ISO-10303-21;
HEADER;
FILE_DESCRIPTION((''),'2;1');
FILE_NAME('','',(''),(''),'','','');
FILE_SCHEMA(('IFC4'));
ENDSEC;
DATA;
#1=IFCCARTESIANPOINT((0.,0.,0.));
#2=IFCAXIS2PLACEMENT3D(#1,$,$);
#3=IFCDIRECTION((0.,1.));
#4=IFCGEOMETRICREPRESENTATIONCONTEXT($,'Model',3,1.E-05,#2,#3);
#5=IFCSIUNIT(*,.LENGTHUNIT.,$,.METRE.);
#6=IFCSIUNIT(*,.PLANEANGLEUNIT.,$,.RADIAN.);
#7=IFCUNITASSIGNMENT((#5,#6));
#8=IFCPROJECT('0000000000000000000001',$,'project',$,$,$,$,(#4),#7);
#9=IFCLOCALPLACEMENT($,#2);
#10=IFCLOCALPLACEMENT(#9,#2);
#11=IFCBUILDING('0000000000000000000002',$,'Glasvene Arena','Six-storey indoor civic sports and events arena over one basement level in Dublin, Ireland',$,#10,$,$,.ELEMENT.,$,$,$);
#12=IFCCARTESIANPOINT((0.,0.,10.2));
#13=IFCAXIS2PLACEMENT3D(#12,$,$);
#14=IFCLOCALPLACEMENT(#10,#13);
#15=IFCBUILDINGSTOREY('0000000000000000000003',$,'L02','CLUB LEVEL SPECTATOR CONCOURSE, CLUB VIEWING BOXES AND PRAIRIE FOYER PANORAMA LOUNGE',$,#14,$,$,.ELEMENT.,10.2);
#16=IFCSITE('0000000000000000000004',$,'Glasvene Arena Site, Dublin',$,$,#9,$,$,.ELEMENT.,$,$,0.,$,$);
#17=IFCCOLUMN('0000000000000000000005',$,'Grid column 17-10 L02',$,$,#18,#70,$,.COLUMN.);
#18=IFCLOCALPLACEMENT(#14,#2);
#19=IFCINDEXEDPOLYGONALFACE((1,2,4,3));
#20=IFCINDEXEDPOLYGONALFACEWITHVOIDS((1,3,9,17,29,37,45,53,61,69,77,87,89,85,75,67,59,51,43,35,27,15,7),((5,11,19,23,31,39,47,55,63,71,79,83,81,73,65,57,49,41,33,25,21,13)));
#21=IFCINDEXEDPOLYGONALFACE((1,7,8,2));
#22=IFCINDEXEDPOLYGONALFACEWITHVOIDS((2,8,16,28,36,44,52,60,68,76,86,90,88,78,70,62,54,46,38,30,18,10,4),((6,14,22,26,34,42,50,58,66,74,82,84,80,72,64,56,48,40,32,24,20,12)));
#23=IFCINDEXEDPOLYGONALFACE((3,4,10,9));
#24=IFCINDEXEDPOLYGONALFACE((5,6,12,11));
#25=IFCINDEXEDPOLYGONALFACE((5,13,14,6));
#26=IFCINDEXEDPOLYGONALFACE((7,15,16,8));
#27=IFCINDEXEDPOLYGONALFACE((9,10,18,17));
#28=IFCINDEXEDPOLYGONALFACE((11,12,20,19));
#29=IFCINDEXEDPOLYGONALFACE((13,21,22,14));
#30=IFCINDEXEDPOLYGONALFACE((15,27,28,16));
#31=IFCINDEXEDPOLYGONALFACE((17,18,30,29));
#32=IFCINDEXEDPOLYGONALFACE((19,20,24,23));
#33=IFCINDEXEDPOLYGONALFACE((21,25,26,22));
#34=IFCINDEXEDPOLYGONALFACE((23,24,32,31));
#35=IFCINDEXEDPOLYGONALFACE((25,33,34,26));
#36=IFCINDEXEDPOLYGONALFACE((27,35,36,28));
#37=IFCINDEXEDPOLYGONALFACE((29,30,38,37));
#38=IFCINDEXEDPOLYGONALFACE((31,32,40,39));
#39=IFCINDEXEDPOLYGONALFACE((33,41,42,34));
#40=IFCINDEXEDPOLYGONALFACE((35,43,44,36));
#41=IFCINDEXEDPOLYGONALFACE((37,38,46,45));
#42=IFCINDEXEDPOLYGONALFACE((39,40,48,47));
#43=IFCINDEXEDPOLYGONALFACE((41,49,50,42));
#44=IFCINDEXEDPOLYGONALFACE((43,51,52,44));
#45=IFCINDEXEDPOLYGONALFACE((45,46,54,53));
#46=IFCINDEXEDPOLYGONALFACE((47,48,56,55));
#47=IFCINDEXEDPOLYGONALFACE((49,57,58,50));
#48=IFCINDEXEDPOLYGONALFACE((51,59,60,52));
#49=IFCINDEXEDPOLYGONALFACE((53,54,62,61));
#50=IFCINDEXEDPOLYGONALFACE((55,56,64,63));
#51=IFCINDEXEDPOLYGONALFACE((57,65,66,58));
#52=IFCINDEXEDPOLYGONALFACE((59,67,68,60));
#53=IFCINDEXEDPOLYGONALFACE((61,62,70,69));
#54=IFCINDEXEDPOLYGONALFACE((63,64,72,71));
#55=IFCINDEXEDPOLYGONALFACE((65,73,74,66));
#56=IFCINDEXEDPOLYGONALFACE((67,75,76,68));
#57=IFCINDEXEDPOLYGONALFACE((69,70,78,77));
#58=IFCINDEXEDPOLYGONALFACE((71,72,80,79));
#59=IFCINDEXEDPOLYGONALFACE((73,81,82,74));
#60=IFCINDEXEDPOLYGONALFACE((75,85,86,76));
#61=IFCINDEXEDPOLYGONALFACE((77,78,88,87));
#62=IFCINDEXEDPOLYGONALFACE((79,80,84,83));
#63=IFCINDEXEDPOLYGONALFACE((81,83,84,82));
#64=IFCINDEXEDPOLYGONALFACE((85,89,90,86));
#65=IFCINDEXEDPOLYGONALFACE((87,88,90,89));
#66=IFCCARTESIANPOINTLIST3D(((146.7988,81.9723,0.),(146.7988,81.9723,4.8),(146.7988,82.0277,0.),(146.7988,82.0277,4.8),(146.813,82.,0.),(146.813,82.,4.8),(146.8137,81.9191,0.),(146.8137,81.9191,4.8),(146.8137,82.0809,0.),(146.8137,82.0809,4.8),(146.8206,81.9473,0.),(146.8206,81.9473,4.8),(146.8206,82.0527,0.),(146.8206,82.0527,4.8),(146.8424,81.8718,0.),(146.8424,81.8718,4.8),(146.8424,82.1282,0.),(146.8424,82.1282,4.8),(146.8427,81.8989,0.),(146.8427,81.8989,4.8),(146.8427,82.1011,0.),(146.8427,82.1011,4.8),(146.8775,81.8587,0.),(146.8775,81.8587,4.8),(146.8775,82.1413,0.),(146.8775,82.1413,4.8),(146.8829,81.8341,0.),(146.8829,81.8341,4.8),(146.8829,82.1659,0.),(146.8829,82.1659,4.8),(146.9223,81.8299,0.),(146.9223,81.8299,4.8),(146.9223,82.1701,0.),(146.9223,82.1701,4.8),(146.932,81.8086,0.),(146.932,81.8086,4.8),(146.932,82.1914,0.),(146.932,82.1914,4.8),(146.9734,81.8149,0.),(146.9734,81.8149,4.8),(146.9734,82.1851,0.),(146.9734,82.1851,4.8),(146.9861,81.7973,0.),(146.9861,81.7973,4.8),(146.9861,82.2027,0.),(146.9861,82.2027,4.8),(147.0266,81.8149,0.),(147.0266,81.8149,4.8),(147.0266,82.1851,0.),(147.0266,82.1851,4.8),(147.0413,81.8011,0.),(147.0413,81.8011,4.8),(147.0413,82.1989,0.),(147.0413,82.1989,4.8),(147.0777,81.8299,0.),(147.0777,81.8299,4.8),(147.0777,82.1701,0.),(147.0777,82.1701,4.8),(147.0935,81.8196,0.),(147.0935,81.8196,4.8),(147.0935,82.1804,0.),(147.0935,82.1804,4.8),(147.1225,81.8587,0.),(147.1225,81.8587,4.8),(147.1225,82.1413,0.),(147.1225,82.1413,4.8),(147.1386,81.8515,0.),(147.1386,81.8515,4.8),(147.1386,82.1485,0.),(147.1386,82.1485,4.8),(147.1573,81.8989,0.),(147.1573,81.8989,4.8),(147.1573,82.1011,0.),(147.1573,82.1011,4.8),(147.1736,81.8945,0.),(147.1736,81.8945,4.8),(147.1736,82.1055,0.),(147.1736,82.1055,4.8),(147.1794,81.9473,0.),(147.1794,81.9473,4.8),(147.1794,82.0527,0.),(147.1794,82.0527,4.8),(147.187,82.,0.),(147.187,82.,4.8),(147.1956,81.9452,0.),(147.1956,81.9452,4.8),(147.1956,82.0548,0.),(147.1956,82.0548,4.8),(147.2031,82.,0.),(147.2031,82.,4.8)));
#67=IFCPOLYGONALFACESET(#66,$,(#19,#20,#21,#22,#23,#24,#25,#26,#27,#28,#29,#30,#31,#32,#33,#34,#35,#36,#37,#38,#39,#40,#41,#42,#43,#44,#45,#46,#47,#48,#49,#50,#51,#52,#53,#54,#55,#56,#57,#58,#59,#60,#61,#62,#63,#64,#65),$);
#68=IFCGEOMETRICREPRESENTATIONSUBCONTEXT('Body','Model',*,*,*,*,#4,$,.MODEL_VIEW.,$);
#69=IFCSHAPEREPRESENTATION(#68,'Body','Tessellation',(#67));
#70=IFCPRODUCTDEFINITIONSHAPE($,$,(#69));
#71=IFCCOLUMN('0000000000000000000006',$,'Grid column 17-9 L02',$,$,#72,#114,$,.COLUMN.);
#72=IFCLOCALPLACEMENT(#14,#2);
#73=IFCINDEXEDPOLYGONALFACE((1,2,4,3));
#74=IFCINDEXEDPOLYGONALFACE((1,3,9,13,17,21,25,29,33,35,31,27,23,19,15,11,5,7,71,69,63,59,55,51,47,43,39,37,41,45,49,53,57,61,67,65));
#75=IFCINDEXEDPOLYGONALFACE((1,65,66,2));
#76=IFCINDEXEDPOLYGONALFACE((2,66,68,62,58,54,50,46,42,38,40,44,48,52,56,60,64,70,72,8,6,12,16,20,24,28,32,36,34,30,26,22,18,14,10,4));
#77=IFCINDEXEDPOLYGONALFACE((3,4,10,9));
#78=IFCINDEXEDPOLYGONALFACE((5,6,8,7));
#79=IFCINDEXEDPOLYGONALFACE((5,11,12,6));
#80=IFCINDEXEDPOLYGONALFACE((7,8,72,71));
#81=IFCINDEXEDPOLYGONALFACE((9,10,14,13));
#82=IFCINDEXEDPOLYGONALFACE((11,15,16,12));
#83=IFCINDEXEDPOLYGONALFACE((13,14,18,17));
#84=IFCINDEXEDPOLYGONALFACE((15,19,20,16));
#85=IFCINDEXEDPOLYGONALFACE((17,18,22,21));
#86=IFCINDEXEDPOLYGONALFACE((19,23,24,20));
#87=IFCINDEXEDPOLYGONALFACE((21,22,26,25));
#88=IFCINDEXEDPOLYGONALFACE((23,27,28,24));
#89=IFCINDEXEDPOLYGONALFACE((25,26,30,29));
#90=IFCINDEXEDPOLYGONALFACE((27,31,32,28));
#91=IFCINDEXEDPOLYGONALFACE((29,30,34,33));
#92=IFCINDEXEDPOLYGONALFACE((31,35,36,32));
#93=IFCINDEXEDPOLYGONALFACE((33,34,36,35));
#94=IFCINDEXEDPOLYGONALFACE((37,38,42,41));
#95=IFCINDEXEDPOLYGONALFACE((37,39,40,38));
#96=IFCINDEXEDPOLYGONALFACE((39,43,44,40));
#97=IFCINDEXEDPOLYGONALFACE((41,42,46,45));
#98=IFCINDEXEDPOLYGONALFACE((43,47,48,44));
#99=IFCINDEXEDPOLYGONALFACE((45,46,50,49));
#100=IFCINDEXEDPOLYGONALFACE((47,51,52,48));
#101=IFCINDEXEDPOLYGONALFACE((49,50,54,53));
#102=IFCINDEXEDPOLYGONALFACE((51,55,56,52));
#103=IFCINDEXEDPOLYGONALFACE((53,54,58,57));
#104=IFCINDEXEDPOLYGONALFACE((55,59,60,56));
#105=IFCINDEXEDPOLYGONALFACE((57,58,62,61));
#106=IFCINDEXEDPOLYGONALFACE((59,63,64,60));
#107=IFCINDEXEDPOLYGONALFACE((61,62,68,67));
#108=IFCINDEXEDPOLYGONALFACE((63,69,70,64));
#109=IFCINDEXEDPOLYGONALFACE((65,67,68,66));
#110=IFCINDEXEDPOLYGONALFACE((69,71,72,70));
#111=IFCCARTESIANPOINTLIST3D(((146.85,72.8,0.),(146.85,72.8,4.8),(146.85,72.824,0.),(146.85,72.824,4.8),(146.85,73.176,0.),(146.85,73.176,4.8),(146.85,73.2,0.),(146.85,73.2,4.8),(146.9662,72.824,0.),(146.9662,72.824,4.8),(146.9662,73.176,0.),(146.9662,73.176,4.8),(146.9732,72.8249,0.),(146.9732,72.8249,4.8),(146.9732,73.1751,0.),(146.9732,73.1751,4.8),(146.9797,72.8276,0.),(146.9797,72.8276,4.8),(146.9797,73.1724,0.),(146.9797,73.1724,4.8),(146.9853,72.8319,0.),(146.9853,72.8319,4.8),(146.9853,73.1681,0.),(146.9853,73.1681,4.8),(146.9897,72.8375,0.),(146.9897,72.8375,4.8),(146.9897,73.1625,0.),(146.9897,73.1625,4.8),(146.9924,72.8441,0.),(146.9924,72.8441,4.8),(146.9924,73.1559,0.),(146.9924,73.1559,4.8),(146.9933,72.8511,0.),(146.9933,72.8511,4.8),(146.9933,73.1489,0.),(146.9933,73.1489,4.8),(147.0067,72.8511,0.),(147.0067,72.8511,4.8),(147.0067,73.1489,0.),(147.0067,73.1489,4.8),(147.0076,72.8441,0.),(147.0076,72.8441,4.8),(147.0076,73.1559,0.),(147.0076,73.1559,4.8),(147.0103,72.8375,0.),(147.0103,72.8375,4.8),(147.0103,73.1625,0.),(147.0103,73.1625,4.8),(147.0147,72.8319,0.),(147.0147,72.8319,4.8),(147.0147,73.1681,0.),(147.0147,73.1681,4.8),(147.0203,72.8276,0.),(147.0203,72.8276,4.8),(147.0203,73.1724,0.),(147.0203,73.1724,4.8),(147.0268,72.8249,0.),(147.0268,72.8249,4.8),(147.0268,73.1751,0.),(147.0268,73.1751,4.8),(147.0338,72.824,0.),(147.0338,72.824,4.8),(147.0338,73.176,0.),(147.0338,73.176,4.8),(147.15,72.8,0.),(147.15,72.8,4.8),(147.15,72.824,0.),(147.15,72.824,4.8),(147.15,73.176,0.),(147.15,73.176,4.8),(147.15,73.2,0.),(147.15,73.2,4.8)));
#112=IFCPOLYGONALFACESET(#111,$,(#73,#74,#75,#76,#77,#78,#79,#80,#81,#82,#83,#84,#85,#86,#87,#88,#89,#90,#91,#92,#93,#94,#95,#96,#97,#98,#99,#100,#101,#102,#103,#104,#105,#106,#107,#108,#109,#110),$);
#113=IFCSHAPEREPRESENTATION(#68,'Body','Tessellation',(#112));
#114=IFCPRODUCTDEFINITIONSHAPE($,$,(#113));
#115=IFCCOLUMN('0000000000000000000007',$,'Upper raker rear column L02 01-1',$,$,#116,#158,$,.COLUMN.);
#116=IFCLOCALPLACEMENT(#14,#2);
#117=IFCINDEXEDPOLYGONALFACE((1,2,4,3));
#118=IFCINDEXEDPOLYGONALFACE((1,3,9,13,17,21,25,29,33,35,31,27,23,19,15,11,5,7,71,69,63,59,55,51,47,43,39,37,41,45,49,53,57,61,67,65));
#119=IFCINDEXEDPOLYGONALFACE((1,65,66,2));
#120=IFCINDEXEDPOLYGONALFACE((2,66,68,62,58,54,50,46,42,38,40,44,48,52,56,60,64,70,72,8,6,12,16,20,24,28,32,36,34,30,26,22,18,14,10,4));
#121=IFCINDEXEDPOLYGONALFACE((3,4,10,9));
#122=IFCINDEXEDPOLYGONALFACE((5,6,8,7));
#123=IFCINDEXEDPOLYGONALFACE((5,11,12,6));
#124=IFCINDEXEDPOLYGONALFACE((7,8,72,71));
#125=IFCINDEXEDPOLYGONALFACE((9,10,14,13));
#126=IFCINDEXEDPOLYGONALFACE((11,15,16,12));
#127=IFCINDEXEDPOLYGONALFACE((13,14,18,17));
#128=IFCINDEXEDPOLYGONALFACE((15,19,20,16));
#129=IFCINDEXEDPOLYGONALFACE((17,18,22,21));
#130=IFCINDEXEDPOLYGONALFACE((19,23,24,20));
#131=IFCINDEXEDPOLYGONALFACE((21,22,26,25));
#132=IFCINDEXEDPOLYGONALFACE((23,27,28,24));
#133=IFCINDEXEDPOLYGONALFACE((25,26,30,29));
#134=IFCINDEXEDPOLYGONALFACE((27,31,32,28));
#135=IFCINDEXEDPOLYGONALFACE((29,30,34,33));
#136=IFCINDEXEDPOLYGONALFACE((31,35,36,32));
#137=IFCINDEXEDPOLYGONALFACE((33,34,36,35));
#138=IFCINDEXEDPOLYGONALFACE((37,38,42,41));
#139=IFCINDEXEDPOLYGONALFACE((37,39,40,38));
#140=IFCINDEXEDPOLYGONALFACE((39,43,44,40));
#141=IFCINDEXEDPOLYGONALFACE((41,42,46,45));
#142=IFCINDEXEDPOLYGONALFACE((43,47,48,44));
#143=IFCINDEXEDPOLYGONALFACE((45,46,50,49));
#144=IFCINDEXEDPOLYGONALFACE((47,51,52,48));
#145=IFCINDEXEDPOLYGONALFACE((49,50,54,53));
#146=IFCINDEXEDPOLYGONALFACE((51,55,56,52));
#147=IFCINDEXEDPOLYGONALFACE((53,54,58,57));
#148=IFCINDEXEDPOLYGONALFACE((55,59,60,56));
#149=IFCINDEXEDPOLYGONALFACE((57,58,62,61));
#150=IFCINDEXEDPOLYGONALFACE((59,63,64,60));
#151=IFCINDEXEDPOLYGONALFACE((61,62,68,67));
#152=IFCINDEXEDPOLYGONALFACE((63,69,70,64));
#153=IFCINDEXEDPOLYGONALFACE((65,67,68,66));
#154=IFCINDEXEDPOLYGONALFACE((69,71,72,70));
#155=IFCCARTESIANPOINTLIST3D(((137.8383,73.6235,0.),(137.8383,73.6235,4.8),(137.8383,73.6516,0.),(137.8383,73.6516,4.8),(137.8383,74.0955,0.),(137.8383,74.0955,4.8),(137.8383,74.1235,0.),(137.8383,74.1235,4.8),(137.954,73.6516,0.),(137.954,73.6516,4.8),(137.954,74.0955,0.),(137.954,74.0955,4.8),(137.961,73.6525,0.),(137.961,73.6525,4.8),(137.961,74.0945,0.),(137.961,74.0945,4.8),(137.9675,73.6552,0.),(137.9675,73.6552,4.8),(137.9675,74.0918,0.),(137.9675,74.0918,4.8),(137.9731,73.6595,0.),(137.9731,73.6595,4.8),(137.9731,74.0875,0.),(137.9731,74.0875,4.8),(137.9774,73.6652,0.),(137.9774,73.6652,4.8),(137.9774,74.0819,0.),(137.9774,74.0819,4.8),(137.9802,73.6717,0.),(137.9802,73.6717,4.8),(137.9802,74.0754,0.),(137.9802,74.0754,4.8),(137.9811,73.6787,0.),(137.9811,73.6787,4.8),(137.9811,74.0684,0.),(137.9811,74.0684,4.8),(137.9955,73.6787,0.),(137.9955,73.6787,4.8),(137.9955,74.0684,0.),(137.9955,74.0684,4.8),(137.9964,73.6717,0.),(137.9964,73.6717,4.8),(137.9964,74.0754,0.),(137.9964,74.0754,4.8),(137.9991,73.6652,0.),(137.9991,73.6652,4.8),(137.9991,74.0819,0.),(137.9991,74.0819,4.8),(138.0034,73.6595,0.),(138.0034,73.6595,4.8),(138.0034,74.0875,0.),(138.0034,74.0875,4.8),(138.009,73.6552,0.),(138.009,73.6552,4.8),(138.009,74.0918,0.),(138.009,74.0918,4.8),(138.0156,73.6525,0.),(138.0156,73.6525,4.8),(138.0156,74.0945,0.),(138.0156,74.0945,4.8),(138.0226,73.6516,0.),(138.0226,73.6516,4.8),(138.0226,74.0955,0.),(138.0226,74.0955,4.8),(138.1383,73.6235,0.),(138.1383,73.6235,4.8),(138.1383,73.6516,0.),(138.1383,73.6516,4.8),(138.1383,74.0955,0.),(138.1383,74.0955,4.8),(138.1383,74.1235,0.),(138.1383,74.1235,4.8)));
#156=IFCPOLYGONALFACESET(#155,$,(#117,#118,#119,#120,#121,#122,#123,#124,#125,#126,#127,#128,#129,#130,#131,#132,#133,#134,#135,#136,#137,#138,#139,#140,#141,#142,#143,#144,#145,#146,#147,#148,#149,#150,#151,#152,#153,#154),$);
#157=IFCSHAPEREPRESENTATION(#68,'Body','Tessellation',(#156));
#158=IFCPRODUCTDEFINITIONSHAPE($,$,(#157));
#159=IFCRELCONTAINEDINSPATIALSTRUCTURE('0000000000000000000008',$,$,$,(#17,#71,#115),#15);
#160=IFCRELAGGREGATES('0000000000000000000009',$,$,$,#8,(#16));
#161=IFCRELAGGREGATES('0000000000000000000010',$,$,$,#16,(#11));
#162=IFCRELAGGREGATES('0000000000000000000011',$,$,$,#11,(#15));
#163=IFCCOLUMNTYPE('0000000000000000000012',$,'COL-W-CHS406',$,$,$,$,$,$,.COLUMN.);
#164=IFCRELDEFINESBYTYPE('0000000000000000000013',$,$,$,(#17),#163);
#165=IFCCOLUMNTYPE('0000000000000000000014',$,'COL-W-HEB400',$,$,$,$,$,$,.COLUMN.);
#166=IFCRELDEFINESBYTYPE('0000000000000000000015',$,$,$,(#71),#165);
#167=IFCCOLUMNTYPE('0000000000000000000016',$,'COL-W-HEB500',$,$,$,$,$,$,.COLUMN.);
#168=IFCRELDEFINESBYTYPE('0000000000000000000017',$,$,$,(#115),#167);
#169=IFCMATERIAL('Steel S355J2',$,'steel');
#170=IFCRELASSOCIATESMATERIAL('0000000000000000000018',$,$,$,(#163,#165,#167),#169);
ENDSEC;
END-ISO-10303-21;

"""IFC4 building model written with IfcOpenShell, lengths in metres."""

from ifc_helpers import new_model, si_unit, direction, frame, origin, origin_2d, place, context, subcontext, project, spatial, hollow_circle, i_section, extrude, material, material_profile, profile_set, type_object, element, save


model = new_model("IFC4")

# Units and contexts
model_context = context("Model", 3, precision=1e-05, world=origin(), true_north=direction((0.0, 1.0)))
body_context = subcontext(model_context, "Body", "Model", "MODEL_VIEW")
ifc_project = project(units=[si_unit("LENGTHUNIT", "METRE"), si_unit("PLANEANGLEUNIT", "RADIAN")], contexts=[model_context])

# Site, building, storey
site_placement = place(None, origin())
site = spatial("IfcSite", under=ifc_project, at=site_placement, Name="Glasvene Arena Site, Dublin", CompositionType="ELEMENT", RefElevation=0.0)
building_placement = place(site_placement, origin())
building = spatial("IfcBuilding", under=site, at=building_placement, Name="Glasvene Arena", Description="Six-storey indoor civic sports and events arena over one basement level in Dublin, Ireland", CompositionType="ELEMENT")
storey_placement = place(building_placement, frame((0.0, 0.0, 10.2)))
storey = spatial("IfcBuildingStorey", under=building, at=storey_placement, Name="L02", Description="CLUB LEVEL SPECTATOR CONCOURSE, CLUB VIEWING BOXES AND PRAIRIE FOYER PANORAMA LOUNGE", CompositionType="ELEMENT", Elevation=10.2)

# Columns
ifc_material_1 = material(Name="Steel S355J2", Category="steel")
ifc_material_profile_1 = material_profile(ifc_material_1, hollow_circle(Radius=0.2031, WallThickness=0.0161, at=origin_2d()), Name="CHS 406.4x16.0")
ifc_profile_set_1 = profile_set([ifc_material_profile_1], Name="Steel S355J2")
column_type_1 = type_object("IfcColumnType", Name="COL-W-CHS406", PredefinedType="COLUMN", material=ifc_profile_set_1)
column_1_placement = place(storey_placement, frame((147.0, 82.0, 0.0), z_axis=(0.0, 0.0, 1.0), x_axis=(1.0, 0.0, 0.0)))
element("IfcColumn", 1, at=column_1_placement, inside=storey, type_object=column_type_1, Name="Grid column 17-10 L02", PredefinedType="COLUMN", context=body_context, shape_type="SweptSolid", body=[
    extrude(hollow_circle(Radius=0.2031, WallThickness=0.0161, at=origin_2d()), origin(), (0.0, 0.0, 1.0), 4.8),
])
ifc_material_profile_2 = material_profile(ifc_material_1, i_section(OverallWidth=0.3, OverallDepth=0.3999, WebThickness=0.0134, FlangeThickness=0.0239, FilletRadius=0.0271, at=origin_2d()), Name="HEB 400")
ifc_profile_set_2 = profile_set([ifc_material_profile_2], Name="Steel S355J2")
column_type_2 = type_object("IfcColumnType", Name="COL-W-HEB400", PredefinedType="COLUMN", material=ifc_profile_set_2)
column_2_placement = place(storey_placement, frame((147.0, 73.0, 0.0), z_axis=(0.0, 0.0, 1.0), x_axis=(1.0, 0.0, 0.0)))
element("IfcColumn", 2, at=column_2_placement, inside=storey, type_object=column_type_2, Name="Grid column 17-9 L02", PredefinedType="COLUMN", context=body_context, shape_type="SweptSolid", body=[
    extrude(i_section(OverallWidth=0.3, OverallDepth=0.3999, WebThickness=0.0134, FlangeThickness=0.0239, FilletRadius=0.0271, at=origin_2d()), origin(), (0.0, 0.0, 1.0), 4.8),
])
ifc_material_profile_3 = material_profile(ifc_material_1, i_section(OverallWidth=0.3, OverallDepth=0.5, WebThickness=0.0144, FlangeThickness=0.0281, FilletRadius=0.0271, at=origin_2d()), Name="HEB 500")
ifc_profile_set_3 = profile_set([ifc_material_profile_3], Name="Steel S355J2")
column_type_3 = type_object("IfcColumnType", Name="COL-W-HEB500", PredefinedType="COLUMN", material=ifc_profile_set_3)
for number, where, z_axis, x_axis, name in (
    (3, (137.9883, 73.8735, 0.0), (0.0, 0.0, 1.0), (1.0, 0.0, 0.0), "Upper raker rear column L02 01-1"),
):
    element("IfcColumn", number, at=place(storey_placement, frame(where, z_axis=z_axis, x_axis=x_axis)), inside=storey, type_object=column_type_3, Name=name, PredefinedType="COLUMN", context=body_context, shape_type="SweptSolid", body=[
        extrude(i_section(OverallWidth=0.3, OverallDepth=0.5, WebThickness=0.0144, FlangeThickness=0.0281, FilletRadius=0.0271, at=origin_2d()), origin(), (0.0, 0.0, 1.0), 4.8),
    ])

save(model, "model.ifc")
